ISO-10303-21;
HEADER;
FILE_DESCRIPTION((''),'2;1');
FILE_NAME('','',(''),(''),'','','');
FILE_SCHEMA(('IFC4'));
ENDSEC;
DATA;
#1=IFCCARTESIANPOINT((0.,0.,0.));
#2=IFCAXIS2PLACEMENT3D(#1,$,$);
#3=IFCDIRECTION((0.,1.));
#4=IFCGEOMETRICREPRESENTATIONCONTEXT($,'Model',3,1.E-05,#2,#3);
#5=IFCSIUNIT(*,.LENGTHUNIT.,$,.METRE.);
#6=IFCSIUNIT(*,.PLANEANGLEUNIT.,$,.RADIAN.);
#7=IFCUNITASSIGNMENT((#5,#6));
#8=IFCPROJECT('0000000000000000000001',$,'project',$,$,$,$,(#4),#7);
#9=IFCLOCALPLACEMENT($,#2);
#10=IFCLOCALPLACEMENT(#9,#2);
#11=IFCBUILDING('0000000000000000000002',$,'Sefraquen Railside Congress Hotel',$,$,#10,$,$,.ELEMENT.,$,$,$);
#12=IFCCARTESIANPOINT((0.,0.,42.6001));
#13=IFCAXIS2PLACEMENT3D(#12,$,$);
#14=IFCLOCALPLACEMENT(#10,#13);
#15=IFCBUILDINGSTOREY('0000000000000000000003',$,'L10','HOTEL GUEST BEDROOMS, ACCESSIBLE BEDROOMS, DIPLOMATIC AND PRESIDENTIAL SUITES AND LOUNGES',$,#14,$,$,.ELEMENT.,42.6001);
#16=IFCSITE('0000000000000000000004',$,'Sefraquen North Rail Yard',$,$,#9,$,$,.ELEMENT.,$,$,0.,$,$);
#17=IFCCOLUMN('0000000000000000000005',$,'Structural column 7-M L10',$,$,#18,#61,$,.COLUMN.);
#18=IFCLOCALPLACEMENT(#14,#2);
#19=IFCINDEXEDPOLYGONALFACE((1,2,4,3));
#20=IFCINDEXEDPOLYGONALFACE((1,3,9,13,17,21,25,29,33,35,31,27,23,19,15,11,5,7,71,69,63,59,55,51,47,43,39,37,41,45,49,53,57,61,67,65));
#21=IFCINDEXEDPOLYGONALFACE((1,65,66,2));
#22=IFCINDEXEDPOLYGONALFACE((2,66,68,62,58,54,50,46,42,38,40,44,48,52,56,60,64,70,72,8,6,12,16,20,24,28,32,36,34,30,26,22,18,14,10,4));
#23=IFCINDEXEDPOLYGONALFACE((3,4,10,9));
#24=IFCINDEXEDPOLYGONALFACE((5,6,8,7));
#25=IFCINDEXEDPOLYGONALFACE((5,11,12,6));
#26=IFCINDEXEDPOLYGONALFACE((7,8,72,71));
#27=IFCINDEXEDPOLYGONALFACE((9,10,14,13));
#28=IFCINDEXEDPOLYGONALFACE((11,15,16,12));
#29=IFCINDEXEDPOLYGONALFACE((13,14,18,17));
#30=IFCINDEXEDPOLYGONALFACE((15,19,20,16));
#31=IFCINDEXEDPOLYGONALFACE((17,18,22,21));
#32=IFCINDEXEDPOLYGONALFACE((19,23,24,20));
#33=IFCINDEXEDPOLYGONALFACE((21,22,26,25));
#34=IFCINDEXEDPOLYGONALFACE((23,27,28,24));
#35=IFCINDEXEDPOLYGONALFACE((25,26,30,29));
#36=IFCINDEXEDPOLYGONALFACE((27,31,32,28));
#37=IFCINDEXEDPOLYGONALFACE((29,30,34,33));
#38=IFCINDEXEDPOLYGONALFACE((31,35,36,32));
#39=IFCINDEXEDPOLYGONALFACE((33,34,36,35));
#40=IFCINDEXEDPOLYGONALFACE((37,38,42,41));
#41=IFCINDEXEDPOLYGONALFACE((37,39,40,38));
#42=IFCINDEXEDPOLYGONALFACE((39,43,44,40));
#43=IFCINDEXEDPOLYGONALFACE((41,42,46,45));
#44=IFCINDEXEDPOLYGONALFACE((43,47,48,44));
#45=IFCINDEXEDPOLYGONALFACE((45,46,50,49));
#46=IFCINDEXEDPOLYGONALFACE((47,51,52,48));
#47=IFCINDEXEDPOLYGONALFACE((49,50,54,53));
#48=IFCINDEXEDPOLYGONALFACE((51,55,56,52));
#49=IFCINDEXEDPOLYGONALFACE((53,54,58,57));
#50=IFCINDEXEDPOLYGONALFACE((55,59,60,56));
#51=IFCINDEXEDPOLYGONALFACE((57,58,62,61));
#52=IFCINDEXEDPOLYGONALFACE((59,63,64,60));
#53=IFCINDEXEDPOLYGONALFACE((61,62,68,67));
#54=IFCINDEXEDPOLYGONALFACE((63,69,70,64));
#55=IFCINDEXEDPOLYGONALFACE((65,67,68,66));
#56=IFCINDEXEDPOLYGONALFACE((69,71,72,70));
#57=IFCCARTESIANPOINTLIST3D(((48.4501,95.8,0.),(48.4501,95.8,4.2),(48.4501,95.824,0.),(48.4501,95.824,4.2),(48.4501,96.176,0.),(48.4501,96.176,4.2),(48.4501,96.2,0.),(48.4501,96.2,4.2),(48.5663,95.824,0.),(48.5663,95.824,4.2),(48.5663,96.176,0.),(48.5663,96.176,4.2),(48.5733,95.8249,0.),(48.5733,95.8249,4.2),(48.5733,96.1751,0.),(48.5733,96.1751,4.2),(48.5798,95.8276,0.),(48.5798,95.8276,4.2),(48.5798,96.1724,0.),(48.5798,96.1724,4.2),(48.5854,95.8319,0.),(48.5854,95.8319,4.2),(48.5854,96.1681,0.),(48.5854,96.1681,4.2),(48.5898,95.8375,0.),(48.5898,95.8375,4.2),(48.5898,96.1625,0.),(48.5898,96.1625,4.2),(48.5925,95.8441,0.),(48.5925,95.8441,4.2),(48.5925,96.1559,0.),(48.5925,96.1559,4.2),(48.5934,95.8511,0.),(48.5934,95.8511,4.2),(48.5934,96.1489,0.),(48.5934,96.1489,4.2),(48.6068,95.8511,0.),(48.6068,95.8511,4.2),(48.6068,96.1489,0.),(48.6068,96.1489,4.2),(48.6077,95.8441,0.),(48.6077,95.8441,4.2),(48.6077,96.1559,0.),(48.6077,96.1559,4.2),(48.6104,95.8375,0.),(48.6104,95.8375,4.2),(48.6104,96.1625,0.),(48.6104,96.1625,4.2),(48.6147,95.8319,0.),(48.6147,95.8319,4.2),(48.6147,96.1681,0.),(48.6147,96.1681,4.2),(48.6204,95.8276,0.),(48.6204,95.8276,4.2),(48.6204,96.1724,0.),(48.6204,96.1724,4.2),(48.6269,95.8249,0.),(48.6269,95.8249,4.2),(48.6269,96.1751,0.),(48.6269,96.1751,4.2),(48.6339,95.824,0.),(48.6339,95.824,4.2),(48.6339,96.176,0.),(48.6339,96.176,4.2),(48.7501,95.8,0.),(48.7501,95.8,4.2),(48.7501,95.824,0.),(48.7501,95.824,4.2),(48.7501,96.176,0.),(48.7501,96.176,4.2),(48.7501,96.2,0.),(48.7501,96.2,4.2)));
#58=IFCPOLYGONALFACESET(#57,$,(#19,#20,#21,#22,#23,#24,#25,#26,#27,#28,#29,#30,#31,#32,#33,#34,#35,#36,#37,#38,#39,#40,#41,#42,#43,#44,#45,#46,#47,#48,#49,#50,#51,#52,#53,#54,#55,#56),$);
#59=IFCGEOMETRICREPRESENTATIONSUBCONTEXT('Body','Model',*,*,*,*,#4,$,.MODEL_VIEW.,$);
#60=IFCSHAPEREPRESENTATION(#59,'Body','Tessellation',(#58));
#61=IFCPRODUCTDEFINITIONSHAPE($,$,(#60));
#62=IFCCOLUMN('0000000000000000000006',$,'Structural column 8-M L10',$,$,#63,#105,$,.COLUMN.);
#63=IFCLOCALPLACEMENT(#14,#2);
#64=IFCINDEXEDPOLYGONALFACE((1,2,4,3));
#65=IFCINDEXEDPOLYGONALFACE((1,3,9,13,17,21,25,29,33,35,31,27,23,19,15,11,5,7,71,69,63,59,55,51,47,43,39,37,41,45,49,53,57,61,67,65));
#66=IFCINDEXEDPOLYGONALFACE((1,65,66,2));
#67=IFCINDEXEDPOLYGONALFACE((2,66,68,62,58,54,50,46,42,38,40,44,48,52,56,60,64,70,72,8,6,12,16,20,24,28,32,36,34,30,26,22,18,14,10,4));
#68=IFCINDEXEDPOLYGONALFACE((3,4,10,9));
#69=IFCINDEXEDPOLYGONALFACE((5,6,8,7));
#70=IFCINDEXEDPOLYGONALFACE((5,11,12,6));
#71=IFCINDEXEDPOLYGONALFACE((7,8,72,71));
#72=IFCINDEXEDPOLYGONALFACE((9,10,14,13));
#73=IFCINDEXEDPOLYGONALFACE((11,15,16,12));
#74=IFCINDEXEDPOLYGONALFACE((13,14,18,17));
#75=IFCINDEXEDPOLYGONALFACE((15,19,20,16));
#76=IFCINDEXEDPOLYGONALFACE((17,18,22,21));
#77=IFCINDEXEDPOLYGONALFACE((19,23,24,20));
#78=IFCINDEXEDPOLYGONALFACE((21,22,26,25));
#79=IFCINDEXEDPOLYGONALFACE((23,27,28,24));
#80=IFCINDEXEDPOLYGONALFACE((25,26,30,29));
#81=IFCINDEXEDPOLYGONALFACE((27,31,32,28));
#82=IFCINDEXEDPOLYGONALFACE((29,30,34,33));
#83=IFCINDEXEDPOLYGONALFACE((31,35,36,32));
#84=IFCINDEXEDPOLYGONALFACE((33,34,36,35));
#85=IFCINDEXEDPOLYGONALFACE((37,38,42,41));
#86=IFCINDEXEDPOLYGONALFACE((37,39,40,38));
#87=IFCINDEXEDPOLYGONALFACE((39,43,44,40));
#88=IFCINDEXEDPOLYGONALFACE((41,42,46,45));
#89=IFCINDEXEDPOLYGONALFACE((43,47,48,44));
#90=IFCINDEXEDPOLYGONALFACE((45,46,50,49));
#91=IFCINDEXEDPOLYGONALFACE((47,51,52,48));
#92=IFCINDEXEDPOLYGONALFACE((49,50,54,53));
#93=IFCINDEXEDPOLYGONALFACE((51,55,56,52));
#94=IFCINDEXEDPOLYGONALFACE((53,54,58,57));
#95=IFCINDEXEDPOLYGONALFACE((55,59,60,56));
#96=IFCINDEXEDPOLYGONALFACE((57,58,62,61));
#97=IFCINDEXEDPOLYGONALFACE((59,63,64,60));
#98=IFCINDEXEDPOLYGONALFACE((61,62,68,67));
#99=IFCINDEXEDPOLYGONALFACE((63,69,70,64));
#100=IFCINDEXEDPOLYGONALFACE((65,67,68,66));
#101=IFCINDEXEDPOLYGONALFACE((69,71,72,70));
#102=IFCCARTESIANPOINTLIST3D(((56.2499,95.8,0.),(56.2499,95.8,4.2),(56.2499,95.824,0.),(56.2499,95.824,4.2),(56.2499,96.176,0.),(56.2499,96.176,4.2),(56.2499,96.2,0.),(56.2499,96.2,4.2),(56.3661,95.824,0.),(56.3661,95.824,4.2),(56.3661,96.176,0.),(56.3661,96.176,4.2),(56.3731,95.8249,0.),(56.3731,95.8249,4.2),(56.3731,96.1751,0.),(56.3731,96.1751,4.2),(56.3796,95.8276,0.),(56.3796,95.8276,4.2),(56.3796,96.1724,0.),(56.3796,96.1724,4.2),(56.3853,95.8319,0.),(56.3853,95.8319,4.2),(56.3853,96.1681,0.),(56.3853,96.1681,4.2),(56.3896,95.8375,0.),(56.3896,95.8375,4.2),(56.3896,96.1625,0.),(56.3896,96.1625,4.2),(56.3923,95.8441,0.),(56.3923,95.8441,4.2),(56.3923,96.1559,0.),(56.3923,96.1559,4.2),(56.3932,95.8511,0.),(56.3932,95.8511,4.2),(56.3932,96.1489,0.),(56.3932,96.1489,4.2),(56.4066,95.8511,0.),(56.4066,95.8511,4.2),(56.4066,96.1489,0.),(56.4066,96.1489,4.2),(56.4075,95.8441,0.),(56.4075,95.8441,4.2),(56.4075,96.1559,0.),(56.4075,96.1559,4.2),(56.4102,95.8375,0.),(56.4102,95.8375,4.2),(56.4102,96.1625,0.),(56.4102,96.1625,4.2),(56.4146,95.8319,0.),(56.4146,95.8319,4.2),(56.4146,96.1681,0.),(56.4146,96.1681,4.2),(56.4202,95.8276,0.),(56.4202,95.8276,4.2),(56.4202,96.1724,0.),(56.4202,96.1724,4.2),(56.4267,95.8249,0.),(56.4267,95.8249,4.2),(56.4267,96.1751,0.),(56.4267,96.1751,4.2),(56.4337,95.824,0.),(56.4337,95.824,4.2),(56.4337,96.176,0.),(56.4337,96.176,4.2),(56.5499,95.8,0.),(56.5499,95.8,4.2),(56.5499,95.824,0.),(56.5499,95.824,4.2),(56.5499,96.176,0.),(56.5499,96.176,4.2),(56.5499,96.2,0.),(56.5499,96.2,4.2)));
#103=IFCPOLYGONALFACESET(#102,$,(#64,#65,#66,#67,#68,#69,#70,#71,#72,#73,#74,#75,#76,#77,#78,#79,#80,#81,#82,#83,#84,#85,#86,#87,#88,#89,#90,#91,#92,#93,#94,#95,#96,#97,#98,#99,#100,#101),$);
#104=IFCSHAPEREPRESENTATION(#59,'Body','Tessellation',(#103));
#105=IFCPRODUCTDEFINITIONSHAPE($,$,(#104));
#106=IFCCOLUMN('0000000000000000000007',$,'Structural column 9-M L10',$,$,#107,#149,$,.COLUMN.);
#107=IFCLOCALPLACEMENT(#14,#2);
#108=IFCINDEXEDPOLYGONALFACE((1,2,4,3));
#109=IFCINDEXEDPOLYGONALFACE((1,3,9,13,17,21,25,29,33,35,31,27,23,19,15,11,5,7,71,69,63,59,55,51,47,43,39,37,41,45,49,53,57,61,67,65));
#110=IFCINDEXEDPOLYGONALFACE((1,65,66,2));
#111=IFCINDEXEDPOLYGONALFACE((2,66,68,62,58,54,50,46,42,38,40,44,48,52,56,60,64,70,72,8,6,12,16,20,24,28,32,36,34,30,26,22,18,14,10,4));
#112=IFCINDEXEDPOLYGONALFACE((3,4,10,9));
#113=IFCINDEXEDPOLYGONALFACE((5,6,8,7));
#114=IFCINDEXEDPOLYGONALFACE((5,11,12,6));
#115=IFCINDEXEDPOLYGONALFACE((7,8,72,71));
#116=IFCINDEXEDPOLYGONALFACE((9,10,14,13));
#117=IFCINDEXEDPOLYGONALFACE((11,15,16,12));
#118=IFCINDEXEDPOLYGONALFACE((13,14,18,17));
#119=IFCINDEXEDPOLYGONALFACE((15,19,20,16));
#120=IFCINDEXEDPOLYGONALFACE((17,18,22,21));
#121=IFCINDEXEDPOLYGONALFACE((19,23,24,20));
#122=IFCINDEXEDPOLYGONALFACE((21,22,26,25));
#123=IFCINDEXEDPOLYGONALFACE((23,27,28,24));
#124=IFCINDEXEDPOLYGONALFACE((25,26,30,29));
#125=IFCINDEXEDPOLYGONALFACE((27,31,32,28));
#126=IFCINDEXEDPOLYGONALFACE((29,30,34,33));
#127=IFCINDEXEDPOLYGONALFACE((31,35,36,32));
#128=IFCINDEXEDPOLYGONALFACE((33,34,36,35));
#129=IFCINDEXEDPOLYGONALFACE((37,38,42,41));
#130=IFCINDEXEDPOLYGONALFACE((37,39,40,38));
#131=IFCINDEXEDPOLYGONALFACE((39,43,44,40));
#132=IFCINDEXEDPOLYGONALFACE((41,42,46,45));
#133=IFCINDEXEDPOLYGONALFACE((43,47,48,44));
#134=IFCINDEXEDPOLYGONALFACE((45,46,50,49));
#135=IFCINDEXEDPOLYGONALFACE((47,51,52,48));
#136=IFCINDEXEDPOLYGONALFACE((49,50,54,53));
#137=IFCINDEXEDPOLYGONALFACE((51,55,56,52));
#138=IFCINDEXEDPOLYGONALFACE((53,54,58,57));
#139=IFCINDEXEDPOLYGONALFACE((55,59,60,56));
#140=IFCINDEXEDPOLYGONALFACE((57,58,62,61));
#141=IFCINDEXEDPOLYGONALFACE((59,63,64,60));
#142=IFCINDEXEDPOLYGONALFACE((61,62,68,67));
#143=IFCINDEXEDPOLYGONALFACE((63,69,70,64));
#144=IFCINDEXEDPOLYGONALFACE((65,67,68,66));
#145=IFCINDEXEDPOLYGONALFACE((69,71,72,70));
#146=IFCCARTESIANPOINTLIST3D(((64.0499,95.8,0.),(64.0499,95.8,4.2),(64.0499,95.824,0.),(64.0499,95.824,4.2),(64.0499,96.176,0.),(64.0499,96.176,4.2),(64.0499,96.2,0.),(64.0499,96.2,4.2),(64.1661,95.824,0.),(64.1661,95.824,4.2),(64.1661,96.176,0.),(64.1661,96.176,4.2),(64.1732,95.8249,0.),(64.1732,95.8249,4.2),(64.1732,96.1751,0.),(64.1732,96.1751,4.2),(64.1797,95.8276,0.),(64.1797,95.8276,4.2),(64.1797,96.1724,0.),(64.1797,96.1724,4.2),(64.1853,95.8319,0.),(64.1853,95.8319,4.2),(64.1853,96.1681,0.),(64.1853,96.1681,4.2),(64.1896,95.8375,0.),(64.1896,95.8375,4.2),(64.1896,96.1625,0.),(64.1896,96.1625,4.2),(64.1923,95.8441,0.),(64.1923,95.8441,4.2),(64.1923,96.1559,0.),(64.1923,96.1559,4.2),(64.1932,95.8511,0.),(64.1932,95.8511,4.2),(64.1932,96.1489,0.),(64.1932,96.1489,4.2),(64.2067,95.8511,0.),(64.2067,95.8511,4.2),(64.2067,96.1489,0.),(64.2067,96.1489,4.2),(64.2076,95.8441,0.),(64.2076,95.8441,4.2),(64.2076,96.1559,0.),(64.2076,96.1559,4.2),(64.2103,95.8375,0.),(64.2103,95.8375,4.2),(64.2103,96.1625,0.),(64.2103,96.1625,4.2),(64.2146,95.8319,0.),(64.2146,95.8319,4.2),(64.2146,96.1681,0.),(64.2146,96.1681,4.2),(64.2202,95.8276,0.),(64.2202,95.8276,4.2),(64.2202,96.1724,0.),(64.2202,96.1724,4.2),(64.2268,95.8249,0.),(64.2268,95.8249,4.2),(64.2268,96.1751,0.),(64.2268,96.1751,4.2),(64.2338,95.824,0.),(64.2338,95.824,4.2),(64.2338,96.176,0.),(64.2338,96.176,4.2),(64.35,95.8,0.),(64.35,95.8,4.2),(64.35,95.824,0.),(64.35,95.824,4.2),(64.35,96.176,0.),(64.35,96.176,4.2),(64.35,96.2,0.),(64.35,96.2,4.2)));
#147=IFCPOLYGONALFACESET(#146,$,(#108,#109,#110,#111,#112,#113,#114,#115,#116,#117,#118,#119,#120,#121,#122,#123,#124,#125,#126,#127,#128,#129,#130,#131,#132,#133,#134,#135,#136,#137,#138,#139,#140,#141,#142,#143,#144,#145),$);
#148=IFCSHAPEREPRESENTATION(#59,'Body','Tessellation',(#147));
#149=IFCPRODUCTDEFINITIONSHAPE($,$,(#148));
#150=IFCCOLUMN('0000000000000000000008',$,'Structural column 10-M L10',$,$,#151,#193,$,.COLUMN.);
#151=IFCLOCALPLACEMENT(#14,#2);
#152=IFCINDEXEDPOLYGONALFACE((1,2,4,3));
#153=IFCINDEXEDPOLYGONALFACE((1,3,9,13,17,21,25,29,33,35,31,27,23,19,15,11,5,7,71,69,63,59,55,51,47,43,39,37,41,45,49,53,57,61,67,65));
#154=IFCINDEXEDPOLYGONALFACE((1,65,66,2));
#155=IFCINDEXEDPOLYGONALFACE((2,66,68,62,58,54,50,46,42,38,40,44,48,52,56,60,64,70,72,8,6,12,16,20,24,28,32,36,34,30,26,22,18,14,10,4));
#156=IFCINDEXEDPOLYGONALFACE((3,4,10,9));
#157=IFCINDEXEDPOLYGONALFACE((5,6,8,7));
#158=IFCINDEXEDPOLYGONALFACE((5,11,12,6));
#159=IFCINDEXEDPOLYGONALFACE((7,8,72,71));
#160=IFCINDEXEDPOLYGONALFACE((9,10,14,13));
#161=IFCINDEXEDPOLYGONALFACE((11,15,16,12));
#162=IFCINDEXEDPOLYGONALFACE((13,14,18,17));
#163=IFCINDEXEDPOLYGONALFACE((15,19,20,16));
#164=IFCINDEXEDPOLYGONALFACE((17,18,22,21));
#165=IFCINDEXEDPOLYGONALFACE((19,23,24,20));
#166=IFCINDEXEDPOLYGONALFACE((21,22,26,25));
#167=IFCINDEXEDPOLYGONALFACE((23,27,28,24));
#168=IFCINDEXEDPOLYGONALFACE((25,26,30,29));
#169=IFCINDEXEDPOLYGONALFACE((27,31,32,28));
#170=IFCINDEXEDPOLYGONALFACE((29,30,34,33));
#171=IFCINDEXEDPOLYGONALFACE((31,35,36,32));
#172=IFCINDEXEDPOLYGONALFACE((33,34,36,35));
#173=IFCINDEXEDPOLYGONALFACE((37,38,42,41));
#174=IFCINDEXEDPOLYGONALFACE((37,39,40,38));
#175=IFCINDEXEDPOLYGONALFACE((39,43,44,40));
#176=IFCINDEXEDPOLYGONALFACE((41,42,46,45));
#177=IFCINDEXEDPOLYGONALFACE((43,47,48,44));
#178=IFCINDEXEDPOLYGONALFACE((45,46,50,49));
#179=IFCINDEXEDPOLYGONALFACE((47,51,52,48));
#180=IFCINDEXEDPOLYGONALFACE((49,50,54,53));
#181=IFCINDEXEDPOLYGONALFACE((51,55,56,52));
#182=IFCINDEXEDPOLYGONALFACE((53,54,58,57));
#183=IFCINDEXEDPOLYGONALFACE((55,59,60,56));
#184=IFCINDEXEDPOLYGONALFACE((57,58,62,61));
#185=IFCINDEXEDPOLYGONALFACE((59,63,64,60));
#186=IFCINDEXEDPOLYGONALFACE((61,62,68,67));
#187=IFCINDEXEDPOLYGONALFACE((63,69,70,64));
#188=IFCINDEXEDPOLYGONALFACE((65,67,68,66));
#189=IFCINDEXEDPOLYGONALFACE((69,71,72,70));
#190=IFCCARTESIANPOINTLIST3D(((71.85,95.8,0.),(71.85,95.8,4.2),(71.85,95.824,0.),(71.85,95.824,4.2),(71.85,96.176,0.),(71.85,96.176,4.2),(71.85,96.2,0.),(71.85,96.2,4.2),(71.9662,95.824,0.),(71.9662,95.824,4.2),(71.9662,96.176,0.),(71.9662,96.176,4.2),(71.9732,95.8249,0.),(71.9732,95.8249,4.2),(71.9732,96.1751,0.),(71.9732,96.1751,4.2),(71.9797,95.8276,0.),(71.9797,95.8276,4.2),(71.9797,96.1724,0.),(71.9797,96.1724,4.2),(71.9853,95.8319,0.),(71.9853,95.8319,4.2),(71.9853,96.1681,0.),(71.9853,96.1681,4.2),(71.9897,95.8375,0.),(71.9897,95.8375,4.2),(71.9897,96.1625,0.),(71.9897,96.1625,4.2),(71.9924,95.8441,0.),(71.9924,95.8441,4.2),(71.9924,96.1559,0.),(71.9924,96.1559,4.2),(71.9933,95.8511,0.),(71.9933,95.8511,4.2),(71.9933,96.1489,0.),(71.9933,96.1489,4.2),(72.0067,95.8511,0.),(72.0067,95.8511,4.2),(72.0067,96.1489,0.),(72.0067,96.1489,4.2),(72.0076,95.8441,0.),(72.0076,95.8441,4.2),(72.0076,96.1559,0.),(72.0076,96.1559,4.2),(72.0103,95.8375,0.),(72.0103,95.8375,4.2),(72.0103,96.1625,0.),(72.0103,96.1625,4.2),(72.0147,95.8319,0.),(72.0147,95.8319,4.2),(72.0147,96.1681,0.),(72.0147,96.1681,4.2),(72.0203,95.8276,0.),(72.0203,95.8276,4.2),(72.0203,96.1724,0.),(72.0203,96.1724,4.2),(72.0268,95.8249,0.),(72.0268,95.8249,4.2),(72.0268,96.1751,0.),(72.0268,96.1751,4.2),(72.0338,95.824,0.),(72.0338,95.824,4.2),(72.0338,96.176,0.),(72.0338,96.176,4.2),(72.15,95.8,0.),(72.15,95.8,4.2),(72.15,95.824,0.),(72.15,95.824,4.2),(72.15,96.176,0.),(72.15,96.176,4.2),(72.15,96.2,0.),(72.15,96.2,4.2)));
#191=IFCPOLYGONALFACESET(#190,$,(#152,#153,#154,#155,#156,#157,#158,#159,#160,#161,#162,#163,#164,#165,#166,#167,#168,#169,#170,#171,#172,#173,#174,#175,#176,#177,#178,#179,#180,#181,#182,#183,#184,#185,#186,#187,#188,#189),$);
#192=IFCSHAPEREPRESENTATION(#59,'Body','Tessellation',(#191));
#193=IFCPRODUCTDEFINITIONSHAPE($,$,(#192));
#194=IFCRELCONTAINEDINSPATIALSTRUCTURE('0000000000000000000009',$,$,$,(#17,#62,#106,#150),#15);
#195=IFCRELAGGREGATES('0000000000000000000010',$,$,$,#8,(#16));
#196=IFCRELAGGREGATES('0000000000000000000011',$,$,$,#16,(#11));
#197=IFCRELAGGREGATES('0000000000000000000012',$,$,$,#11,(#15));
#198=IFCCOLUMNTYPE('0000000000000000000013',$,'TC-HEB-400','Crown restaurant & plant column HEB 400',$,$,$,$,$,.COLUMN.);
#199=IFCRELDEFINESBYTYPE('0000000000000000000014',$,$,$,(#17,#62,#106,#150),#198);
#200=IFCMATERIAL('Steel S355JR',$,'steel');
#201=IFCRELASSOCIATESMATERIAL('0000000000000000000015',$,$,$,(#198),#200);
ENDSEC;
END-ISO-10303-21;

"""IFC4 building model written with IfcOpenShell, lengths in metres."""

from ifc_helpers import new_model, si_unit, direction, frame, origin, origin_2d, place, context, subcontext, project, spatial, i_section, extrude, material, material_profile, profile_set, type_object, element, save


model = new_model("IFC4")

# Units and contexts
model_context = context("Model", 3, precision=1e-05, world=origin(), true_north=direction((0.0, 1.0)))
body_context = subcontext(model_context, "Body", "Model", "MODEL_VIEW")
ifc_project = project(units=[si_unit("LENGTHUNIT", "METRE"), si_unit("PLANEANGLEUNIT", "RADIAN")], contexts=[model_context])

# Site, building, storey
site_placement = place(None, origin())
site = spatial("IfcSite", under=ifc_project, at=site_placement, Name="Sefraquen North Rail Yard", CompositionType="ELEMENT", RefElevation=0.0)
building_placement = place(site_placement, origin())
building = spatial("IfcBuilding", under=site, at=building_placement, Name="Sefraquen Railside Congress Hotel", CompositionType="ELEMENT")
storey_placement = place(building_placement, frame((0.0, 0.0, 42.6001)))
storey = spatial("IfcBuildingStorey", under=building, at=storey_placement, Name="L10", Description="HOTEL GUEST BEDROOMS, ACCESSIBLE BEDROOMS, DIPLOMATIC AND PRESIDENTIAL SUITES AND LOUNGES", CompositionType="ELEMENT", Elevation=42.6001)

# Columns
ifc_material_1 = material(Name="Steel S355JR", Category="steel")
ifc_material_profile_1 = material_profile(ifc_material_1, i_section(OverallWidth=0.3, OverallDepth=0.3999, WebThickness=0.0134, FlangeThickness=0.0239, FilletRadius=0.0271, at=origin_2d()), Name="HEB 400")
ifc_profile_set_1 = profile_set([ifc_material_profile_1], Name="Steel S355JR")
column_type_1 = type_object("IfcColumnType", Name="TC-HEB-400", Description="Crown restaurant & plant column HEB 400", PredefinedType="COLUMN", material=ifc_profile_set_1)
for number, where, z_axis, x_axis, name in (
    (1, (48.6001, 96.0, 0.0), (0.0, 0.0, 1.0), (1.0, 0.0, 0.0), "Structural column 7-M L10"),
    (2, (56.3999, 96.0, 0.0), (0.0, 0.0, 1.0), (1.0, 0.0, 0.0), "Structural column 8-M L10"),
    (3, (64.2, 96.0, 0.0), (0.0, 0.0, 1.0), (1.0, 0.0, 0.0), "Structural column 9-M L10"),
    (4, (72.0, 96.0, 0.0), (0.0, 0.0, 1.0), (1.0, 0.0, 0.0), "Structural column 10-M L10"),
):
    element("IfcColumn", number, at=place(storey_placement, frame(where, z_axis=z_axis, x_axis=x_axis)), inside=storey, type_object=column_type_1, Name=name, PredefinedType="COLUMN", context=body_context, shape_type="SweptSolid", body=[
        extrude(i_section(OverallWidth=0.3, OverallDepth=0.3999, WebThickness=0.0134, FlangeThickness=0.0239, FilletRadius=0.0271, at=origin_2d()), origin(), (0.0, 0.0, 1.0), 4.2),
    ])

save(model, "model.ifc")
